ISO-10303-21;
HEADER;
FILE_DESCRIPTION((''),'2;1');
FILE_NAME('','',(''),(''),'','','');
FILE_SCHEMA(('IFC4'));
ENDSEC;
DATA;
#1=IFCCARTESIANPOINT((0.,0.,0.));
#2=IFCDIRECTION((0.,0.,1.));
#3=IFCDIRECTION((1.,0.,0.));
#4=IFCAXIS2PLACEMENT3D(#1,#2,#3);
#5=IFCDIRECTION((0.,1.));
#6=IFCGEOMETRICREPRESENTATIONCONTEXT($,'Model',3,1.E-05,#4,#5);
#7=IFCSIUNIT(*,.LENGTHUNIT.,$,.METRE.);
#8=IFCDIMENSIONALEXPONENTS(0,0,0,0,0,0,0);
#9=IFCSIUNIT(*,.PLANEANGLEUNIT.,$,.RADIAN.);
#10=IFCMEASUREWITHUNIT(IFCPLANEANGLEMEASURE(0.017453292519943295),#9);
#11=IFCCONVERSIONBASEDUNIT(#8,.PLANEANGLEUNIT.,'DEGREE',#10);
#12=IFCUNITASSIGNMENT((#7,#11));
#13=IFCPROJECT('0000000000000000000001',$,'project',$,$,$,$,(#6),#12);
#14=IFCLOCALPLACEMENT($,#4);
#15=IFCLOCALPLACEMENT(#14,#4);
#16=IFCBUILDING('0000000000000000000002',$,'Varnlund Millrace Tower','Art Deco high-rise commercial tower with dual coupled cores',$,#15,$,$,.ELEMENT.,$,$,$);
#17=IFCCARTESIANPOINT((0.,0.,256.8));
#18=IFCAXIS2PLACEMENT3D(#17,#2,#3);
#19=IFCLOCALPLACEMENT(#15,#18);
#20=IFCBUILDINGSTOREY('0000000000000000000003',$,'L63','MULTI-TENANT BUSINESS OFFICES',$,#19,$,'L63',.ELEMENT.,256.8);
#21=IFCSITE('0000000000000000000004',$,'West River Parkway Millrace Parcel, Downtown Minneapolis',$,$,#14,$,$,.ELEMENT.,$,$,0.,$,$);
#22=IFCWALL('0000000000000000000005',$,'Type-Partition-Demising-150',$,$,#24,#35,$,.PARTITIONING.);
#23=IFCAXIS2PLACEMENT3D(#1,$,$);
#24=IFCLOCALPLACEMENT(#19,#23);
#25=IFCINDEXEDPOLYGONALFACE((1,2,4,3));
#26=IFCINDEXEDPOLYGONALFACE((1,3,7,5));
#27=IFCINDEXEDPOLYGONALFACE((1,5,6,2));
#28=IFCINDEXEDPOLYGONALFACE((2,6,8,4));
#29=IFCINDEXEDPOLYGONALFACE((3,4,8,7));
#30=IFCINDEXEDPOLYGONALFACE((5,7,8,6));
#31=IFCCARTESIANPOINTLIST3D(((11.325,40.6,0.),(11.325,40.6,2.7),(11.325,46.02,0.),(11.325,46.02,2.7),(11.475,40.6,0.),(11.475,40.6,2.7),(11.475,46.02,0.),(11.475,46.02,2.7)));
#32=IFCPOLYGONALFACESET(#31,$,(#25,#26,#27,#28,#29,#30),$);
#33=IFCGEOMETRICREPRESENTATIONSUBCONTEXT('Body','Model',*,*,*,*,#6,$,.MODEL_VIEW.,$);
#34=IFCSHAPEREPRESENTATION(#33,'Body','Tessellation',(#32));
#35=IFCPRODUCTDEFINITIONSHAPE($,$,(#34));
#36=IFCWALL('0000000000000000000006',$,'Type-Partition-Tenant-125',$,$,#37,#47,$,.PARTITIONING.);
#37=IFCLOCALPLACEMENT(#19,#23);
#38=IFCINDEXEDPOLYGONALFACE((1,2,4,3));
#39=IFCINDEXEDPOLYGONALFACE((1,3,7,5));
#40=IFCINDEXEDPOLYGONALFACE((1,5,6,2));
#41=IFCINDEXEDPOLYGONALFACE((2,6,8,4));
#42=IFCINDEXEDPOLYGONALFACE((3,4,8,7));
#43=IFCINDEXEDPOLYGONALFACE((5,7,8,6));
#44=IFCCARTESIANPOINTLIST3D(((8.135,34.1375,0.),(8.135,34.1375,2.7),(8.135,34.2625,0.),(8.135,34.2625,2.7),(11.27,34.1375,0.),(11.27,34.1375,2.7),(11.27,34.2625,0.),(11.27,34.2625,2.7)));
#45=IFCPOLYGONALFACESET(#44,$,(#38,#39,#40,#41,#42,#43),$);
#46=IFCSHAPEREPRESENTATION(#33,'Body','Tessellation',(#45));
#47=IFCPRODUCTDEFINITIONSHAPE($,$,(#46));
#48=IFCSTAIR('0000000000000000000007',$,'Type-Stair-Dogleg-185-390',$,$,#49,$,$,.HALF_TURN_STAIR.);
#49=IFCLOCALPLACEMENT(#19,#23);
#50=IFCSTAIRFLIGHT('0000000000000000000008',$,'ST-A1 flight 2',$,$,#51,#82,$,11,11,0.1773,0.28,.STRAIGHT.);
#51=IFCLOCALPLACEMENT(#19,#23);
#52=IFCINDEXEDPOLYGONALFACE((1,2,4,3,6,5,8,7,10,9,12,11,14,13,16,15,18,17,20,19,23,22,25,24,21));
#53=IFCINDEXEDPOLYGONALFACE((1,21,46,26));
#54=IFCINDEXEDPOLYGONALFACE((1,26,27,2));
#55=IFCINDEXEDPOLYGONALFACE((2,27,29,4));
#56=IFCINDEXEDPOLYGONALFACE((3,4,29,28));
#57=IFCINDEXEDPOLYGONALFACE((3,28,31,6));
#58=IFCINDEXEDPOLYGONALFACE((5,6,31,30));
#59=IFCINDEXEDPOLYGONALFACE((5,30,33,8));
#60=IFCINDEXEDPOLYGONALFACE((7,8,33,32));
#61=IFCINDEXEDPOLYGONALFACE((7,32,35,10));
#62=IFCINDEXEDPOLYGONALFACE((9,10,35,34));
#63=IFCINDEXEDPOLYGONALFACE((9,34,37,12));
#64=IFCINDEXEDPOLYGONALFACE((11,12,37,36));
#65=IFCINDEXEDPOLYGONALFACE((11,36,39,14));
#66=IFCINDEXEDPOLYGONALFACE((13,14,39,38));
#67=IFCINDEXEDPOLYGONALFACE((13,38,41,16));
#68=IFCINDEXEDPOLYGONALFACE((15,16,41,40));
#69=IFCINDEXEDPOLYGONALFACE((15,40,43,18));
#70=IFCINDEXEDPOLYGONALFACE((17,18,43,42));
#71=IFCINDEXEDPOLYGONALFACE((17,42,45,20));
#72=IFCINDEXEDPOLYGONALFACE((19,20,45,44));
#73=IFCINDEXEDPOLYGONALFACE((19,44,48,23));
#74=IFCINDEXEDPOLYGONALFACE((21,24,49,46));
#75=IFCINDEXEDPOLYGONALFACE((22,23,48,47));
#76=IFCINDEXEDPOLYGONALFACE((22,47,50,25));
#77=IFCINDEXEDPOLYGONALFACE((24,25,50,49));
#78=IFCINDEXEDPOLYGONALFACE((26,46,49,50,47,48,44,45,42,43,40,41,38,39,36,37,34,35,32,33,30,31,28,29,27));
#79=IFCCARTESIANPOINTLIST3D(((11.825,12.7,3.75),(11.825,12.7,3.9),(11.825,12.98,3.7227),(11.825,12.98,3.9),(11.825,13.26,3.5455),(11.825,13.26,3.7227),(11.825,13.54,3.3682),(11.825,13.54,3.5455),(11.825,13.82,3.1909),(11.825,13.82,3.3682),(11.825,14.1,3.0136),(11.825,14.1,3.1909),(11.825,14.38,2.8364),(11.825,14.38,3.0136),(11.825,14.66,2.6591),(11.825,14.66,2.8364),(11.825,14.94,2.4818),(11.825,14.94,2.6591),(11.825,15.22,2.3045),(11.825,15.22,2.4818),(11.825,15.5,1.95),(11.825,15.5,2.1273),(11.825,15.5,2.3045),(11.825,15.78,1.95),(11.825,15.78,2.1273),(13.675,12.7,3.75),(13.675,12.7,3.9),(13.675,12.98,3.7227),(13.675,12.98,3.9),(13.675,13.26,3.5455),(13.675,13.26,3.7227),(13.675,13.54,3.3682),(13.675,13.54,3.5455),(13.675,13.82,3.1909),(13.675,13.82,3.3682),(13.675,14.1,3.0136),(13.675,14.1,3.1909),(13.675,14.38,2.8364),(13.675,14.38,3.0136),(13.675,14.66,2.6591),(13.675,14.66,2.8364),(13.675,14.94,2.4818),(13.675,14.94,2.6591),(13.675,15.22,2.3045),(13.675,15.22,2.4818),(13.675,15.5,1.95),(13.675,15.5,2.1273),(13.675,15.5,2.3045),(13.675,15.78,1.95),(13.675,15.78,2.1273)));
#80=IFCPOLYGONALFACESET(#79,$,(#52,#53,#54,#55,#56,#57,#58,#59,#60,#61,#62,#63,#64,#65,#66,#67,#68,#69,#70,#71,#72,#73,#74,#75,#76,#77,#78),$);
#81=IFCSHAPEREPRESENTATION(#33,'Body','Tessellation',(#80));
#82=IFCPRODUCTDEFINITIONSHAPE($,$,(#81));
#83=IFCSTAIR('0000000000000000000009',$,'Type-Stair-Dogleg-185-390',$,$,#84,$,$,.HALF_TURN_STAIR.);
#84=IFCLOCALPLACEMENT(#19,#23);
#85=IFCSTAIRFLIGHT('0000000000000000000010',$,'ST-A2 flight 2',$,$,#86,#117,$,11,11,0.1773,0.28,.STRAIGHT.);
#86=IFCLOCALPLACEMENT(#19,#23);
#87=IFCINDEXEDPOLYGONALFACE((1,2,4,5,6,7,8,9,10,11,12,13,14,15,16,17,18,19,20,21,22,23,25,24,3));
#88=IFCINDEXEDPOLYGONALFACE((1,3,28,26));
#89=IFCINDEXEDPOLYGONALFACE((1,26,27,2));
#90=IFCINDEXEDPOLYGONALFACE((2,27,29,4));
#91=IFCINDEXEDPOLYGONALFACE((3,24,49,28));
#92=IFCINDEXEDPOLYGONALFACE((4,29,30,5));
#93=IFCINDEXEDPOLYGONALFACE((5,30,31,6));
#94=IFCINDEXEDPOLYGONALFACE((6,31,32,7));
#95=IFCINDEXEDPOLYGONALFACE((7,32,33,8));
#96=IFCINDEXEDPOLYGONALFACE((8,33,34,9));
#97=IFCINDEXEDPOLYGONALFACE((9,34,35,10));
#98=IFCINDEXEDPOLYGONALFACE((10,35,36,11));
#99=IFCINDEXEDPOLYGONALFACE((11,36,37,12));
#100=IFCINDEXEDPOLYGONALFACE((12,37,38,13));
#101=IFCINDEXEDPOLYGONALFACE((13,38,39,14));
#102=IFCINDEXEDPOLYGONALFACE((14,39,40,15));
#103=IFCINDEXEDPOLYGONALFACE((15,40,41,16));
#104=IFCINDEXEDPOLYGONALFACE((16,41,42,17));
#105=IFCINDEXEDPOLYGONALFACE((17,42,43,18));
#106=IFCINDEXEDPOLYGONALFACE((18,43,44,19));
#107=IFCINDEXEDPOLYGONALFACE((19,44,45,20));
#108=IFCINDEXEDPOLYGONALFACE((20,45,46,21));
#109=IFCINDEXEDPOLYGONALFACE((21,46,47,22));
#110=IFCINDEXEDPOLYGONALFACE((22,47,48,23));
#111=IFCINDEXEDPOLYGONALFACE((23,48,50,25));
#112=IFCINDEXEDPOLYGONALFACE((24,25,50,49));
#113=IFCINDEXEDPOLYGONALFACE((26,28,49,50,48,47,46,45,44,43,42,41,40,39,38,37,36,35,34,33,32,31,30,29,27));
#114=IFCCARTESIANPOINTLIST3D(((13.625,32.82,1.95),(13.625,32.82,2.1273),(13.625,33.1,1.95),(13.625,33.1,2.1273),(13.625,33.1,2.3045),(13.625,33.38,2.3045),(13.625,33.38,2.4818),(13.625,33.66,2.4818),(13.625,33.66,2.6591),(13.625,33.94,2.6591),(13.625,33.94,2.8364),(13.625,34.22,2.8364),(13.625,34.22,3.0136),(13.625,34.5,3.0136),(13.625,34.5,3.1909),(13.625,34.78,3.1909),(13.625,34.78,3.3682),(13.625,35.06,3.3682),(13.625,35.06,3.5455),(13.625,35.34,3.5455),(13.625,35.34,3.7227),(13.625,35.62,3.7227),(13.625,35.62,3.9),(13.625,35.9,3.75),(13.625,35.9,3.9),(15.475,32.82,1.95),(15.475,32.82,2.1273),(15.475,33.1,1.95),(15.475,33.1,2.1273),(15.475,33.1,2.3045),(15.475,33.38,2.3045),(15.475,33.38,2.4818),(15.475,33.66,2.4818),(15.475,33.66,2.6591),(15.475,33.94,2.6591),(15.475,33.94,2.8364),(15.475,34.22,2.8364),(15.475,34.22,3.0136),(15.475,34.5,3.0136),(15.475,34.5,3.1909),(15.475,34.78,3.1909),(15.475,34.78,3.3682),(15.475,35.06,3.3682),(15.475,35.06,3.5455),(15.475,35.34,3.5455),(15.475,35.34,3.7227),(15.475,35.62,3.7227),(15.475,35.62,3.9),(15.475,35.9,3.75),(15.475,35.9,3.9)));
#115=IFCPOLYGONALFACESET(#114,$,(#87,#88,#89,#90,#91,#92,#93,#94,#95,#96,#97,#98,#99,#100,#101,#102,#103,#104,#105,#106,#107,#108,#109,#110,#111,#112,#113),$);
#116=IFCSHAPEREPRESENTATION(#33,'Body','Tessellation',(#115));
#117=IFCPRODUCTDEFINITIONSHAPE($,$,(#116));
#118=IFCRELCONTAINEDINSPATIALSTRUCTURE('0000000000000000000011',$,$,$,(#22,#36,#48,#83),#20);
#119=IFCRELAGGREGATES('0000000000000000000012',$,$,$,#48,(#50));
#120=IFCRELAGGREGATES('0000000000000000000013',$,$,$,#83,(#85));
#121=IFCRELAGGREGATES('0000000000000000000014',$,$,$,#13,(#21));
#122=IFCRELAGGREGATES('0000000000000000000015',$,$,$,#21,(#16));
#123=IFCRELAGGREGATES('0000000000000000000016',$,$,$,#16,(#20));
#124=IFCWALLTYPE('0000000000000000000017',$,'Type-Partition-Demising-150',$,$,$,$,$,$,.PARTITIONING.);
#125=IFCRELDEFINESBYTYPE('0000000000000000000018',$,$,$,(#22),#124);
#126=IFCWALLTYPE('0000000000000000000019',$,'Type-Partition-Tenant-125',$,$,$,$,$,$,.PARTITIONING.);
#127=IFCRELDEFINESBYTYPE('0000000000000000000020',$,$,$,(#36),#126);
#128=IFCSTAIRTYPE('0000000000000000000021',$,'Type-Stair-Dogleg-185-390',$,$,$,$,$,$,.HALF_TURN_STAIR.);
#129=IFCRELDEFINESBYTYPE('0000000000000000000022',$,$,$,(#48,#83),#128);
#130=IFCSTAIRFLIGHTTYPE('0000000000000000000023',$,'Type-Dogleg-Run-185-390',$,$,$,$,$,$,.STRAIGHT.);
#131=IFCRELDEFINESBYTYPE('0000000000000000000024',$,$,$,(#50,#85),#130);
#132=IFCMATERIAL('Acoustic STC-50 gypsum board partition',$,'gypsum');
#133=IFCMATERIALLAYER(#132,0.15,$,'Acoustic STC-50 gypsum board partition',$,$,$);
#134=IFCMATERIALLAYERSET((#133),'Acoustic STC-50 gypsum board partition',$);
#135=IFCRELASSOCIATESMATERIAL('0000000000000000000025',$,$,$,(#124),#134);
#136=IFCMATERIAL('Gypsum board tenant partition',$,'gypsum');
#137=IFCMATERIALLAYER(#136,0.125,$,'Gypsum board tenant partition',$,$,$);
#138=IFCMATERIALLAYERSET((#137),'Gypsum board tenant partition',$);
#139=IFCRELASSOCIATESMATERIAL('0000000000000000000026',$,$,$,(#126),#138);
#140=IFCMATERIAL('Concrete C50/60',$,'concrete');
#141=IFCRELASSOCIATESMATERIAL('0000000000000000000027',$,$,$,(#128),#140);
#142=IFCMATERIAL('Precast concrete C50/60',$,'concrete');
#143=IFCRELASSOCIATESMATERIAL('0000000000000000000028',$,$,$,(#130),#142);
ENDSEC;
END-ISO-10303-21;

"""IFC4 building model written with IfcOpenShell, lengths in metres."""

from ifc_helpers import new_model, entity, si_unit, converted_unit, direction, frame, origin_with_axes, place, context, subcontext, project, spatial, polyline, outline, extrude, material, layer, layer_set, type_object, element, aggregate, save


model = new_model("IFC4")

# Units and contexts
model_context = context("Model", 3, precision=1e-05, world=origin_with_axes(), true_north=direction((0.0, 1.0)))
body_context = subcontext(model_context, "Body", "Model", "MODEL_VIEW")
ifc_project = project(units=[si_unit("LENGTHUNIT", "METRE"), converted_unit("PLANEANGLEUNIT", "DEGREE", entity("IfcPlaneAngleMeasure", 0.017453292519943295), si_unit("PLANEANGLEUNIT", "RADIAN"), dimensions=[0, 0, 0, 0, 0, 0, 0])], contexts=[model_context])

# Site, building, storey
site_placement = place(None, origin_with_axes())
site = spatial("IfcSite", under=ifc_project, at=site_placement, Name="West River Parkway Millrace Parcel, Downtown Minneapolis", CompositionType="ELEMENT", RefElevation=0.0)
building_placement = place(site_placement, origin_with_axes())
building = spatial("IfcBuilding", under=site, at=building_placement, Name="Varnlund Millrace Tower", Description="Art Deco high-rise commercial tower with dual coupled cores", CompositionType="ELEMENT")
storey_placement = place(building_placement, frame((0.0, 0.0, 256.8), z_axis=(0.0, 0.0, 1.0), x_axis=(1.0, 0.0, 0.0)))
storey = spatial("IfcBuildingStorey", under=building, at=storey_placement, Name="L63", Description="MULTI-TENANT BUSINESS OFFICES", LongName="L63", CompositionType="ELEMENT", Elevation=256.8)

# Shared definitions
ifc_material_1 = material(Name="Precast concrete C50/60", Category="concrete")

# Walls
ifc_material_2 = material(Name="Acoustic STC-50 gypsum board partition", Category="gypsum")
ifc_layer_1 = layer(ifc_material_2, 0.15, Name="Acoustic STC-50 gypsum board partition")
ifc_layer_set_1 = layer_set([ifc_layer_1], Name="Acoustic STC-50 gypsum board partition")
wall_type_1 = type_object("IfcWallType", Name="Type-Partition-Demising-150", PredefinedType="PARTITIONING", material=ifc_layer_set_1)
wall_1_placement = place(storey_placement, frame((11.4, 40.6, 0.0), z_axis=(0.0, 0.0, 1.0), x_axis=(0.0, 1.0, 0.0)))
element("IfcWall", 1, at=wall_1_placement, inside=storey, type_object=wall_type_1, Name="Type-Partition-Demising-150", PredefinedType="PARTITIONING", context=body_context, shape_type="SweptSolid", body=[
    extrude(outline(polyline([(0.0, -0.075), (5.42, -0.075), (5.42, 0.075), (0.0, 0.075), (0.0, -0.075)])), origin_with_axes(), (0.0, 0.0, 1.0), 2.7),
])
ifc_material_3 = material(Name="Gypsum board tenant partition", Category="gypsum")
ifc_layer_2 = layer(ifc_material_3, 0.125, Name="Gypsum board tenant partition")
ifc_layer_set_2 = layer_set([ifc_layer_2], Name="Gypsum board tenant partition")
wall_type_2 = type_object("IfcWallType", Name="Type-Partition-Tenant-125", PredefinedType="PARTITIONING", material=ifc_layer_set_2)
wall_2_placement = place(storey_placement, frame((8.135, 34.2, 0.0), z_axis=(0.0, 0.0, 1.0), x_axis=(1.0, 0.0, 0.0)))
element("IfcWall", 2, at=wall_2_placement, inside=storey, type_object=wall_type_2, Name="Type-Partition-Tenant-125", PredefinedType="PARTITIONING", context=body_context, shape_type="SweptSolid", body=[
    extrude(outline(polyline([(0.0, -0.0625), (3.135, -0.0625), (3.135, 0.0625), (0.0, 0.0625), (0.0, -0.0625)])), origin_with_axes(), (0.0, 0.0, 1.0), 2.7),
])

# Stairs, stair flights
ifc_material_4 = material(Name="Concrete C50/60", Category="concrete")
stair_type = type_object("IfcStairType", Name="Type-Stair-Dogleg-185-390", PredefinedType="HALF_TURN_STAIR", material=ifc_material_4)
stair_1_placement = place(storey_placement, origin_with_axes())
stair_1 = element("IfcStair", 3, at=stair_1_placement, inside=storey, type_object=stair_type, Name="Type-Stair-Dogleg-185-390", PredefinedType="HALF_TURN_STAIR")
stair_flight_type = type_object("IfcStairFlightType", Name="Type-Dogleg-Run-185-390", PredefinedType="STRAIGHT", material=ifc_material_1)
stair_flight_1_placement = place(storey_placement, frame((13.675, 15.78, 1.95), z_axis=(-1.0, 0.0, 0.0), x_axis=(0.0, -1.0, 0.0)))
stair_flight_1 = element("IfcStairFlight", 4, at=stair_flight_1_placement, type_object=stair_flight_type, Name="ST-A1 flight 2", NumberOfRisers=11, NumberOfTreads=11, PredefinedType="STRAIGHT", RiserHeight=0.1773, TreadLength=0.28, context=body_context, shape_type="SweptSolid", body=[
    extrude(outline(polyline([(0.0, 0.0), (0.0, 0.1773), (0.28, 0.1773), (0.28, 0.3545), (0.56, 0.3545), (0.56, 0.5318), (0.84, 0.5318), (0.84, 0.7091), (1.12, 0.7091), (1.12, 0.8864), (1.4, 0.8864), (1.4, 1.0636), (1.68, 1.0636), (1.68, 1.2409), (1.96, 1.2409), (1.96, 1.4182), (2.24, 1.4182), (2.24, 1.5955), (2.52, 1.5955), (2.52, 1.7727), (2.8, 1.7727), (2.8, 1.95), (3.08, 1.95), (3.08, 1.8), (0.28, 0.0), (0.0, 0.0)])), origin_with_axes(), (0.0, 0.0, 1.0), 1.85),
])
aggregate(stair_1, [stair_flight_1])
stair_2_placement = place(storey_placement, origin_with_axes())
stair_2 = element("IfcStair", 5, at=stair_2_placement, inside=storey, type_object=stair_type, Name="Type-Stair-Dogleg-185-390", PredefinedType="HALF_TURN_STAIR")
stair_flight_2_placement = place(storey_placement, frame((13.625, 32.82, 1.95), z_axis=(1.0, 0.0, 0.0), x_axis=(0.0, 1.0, 0.0)))
stair_flight_2 = element("IfcStairFlight", 6, at=stair_flight_2_placement, type_object=stair_flight_type, Name="ST-A2 flight 2", NumberOfRisers=11, NumberOfTreads=11, PredefinedType="STRAIGHT", RiserHeight=0.1773, TreadLength=0.28, context=body_context, shape_type="SweptSolid", body=[
    extrude(outline(polyline([(0.0, 0.0), (0.0, 0.1773), (0.28, 0.1773), (0.28, 0.3545), (0.56, 0.3545), (0.56, 0.5318), (0.84, 0.5318), (0.84, 0.7091), (1.12, 0.7091), (1.12, 0.8864), (1.4, 0.8864), (1.4, 1.0636), (1.68, 1.0636), (1.68, 1.2409), (1.96, 1.2409), (1.96, 1.4182), (2.24, 1.4182), (2.24, 1.5955), (2.52, 1.5955), (2.52, 1.7727), (2.8, 1.7727), (2.8, 1.95), (3.08, 1.95), (3.08, 1.8), (0.28, 0.0), (0.0, 0.0)])), origin_with_axes(), (0.0, 0.0, 1.0), 1.85),
])
aggregate(stair_2, [stair_flight_2])

save(model, "model.ifc")
